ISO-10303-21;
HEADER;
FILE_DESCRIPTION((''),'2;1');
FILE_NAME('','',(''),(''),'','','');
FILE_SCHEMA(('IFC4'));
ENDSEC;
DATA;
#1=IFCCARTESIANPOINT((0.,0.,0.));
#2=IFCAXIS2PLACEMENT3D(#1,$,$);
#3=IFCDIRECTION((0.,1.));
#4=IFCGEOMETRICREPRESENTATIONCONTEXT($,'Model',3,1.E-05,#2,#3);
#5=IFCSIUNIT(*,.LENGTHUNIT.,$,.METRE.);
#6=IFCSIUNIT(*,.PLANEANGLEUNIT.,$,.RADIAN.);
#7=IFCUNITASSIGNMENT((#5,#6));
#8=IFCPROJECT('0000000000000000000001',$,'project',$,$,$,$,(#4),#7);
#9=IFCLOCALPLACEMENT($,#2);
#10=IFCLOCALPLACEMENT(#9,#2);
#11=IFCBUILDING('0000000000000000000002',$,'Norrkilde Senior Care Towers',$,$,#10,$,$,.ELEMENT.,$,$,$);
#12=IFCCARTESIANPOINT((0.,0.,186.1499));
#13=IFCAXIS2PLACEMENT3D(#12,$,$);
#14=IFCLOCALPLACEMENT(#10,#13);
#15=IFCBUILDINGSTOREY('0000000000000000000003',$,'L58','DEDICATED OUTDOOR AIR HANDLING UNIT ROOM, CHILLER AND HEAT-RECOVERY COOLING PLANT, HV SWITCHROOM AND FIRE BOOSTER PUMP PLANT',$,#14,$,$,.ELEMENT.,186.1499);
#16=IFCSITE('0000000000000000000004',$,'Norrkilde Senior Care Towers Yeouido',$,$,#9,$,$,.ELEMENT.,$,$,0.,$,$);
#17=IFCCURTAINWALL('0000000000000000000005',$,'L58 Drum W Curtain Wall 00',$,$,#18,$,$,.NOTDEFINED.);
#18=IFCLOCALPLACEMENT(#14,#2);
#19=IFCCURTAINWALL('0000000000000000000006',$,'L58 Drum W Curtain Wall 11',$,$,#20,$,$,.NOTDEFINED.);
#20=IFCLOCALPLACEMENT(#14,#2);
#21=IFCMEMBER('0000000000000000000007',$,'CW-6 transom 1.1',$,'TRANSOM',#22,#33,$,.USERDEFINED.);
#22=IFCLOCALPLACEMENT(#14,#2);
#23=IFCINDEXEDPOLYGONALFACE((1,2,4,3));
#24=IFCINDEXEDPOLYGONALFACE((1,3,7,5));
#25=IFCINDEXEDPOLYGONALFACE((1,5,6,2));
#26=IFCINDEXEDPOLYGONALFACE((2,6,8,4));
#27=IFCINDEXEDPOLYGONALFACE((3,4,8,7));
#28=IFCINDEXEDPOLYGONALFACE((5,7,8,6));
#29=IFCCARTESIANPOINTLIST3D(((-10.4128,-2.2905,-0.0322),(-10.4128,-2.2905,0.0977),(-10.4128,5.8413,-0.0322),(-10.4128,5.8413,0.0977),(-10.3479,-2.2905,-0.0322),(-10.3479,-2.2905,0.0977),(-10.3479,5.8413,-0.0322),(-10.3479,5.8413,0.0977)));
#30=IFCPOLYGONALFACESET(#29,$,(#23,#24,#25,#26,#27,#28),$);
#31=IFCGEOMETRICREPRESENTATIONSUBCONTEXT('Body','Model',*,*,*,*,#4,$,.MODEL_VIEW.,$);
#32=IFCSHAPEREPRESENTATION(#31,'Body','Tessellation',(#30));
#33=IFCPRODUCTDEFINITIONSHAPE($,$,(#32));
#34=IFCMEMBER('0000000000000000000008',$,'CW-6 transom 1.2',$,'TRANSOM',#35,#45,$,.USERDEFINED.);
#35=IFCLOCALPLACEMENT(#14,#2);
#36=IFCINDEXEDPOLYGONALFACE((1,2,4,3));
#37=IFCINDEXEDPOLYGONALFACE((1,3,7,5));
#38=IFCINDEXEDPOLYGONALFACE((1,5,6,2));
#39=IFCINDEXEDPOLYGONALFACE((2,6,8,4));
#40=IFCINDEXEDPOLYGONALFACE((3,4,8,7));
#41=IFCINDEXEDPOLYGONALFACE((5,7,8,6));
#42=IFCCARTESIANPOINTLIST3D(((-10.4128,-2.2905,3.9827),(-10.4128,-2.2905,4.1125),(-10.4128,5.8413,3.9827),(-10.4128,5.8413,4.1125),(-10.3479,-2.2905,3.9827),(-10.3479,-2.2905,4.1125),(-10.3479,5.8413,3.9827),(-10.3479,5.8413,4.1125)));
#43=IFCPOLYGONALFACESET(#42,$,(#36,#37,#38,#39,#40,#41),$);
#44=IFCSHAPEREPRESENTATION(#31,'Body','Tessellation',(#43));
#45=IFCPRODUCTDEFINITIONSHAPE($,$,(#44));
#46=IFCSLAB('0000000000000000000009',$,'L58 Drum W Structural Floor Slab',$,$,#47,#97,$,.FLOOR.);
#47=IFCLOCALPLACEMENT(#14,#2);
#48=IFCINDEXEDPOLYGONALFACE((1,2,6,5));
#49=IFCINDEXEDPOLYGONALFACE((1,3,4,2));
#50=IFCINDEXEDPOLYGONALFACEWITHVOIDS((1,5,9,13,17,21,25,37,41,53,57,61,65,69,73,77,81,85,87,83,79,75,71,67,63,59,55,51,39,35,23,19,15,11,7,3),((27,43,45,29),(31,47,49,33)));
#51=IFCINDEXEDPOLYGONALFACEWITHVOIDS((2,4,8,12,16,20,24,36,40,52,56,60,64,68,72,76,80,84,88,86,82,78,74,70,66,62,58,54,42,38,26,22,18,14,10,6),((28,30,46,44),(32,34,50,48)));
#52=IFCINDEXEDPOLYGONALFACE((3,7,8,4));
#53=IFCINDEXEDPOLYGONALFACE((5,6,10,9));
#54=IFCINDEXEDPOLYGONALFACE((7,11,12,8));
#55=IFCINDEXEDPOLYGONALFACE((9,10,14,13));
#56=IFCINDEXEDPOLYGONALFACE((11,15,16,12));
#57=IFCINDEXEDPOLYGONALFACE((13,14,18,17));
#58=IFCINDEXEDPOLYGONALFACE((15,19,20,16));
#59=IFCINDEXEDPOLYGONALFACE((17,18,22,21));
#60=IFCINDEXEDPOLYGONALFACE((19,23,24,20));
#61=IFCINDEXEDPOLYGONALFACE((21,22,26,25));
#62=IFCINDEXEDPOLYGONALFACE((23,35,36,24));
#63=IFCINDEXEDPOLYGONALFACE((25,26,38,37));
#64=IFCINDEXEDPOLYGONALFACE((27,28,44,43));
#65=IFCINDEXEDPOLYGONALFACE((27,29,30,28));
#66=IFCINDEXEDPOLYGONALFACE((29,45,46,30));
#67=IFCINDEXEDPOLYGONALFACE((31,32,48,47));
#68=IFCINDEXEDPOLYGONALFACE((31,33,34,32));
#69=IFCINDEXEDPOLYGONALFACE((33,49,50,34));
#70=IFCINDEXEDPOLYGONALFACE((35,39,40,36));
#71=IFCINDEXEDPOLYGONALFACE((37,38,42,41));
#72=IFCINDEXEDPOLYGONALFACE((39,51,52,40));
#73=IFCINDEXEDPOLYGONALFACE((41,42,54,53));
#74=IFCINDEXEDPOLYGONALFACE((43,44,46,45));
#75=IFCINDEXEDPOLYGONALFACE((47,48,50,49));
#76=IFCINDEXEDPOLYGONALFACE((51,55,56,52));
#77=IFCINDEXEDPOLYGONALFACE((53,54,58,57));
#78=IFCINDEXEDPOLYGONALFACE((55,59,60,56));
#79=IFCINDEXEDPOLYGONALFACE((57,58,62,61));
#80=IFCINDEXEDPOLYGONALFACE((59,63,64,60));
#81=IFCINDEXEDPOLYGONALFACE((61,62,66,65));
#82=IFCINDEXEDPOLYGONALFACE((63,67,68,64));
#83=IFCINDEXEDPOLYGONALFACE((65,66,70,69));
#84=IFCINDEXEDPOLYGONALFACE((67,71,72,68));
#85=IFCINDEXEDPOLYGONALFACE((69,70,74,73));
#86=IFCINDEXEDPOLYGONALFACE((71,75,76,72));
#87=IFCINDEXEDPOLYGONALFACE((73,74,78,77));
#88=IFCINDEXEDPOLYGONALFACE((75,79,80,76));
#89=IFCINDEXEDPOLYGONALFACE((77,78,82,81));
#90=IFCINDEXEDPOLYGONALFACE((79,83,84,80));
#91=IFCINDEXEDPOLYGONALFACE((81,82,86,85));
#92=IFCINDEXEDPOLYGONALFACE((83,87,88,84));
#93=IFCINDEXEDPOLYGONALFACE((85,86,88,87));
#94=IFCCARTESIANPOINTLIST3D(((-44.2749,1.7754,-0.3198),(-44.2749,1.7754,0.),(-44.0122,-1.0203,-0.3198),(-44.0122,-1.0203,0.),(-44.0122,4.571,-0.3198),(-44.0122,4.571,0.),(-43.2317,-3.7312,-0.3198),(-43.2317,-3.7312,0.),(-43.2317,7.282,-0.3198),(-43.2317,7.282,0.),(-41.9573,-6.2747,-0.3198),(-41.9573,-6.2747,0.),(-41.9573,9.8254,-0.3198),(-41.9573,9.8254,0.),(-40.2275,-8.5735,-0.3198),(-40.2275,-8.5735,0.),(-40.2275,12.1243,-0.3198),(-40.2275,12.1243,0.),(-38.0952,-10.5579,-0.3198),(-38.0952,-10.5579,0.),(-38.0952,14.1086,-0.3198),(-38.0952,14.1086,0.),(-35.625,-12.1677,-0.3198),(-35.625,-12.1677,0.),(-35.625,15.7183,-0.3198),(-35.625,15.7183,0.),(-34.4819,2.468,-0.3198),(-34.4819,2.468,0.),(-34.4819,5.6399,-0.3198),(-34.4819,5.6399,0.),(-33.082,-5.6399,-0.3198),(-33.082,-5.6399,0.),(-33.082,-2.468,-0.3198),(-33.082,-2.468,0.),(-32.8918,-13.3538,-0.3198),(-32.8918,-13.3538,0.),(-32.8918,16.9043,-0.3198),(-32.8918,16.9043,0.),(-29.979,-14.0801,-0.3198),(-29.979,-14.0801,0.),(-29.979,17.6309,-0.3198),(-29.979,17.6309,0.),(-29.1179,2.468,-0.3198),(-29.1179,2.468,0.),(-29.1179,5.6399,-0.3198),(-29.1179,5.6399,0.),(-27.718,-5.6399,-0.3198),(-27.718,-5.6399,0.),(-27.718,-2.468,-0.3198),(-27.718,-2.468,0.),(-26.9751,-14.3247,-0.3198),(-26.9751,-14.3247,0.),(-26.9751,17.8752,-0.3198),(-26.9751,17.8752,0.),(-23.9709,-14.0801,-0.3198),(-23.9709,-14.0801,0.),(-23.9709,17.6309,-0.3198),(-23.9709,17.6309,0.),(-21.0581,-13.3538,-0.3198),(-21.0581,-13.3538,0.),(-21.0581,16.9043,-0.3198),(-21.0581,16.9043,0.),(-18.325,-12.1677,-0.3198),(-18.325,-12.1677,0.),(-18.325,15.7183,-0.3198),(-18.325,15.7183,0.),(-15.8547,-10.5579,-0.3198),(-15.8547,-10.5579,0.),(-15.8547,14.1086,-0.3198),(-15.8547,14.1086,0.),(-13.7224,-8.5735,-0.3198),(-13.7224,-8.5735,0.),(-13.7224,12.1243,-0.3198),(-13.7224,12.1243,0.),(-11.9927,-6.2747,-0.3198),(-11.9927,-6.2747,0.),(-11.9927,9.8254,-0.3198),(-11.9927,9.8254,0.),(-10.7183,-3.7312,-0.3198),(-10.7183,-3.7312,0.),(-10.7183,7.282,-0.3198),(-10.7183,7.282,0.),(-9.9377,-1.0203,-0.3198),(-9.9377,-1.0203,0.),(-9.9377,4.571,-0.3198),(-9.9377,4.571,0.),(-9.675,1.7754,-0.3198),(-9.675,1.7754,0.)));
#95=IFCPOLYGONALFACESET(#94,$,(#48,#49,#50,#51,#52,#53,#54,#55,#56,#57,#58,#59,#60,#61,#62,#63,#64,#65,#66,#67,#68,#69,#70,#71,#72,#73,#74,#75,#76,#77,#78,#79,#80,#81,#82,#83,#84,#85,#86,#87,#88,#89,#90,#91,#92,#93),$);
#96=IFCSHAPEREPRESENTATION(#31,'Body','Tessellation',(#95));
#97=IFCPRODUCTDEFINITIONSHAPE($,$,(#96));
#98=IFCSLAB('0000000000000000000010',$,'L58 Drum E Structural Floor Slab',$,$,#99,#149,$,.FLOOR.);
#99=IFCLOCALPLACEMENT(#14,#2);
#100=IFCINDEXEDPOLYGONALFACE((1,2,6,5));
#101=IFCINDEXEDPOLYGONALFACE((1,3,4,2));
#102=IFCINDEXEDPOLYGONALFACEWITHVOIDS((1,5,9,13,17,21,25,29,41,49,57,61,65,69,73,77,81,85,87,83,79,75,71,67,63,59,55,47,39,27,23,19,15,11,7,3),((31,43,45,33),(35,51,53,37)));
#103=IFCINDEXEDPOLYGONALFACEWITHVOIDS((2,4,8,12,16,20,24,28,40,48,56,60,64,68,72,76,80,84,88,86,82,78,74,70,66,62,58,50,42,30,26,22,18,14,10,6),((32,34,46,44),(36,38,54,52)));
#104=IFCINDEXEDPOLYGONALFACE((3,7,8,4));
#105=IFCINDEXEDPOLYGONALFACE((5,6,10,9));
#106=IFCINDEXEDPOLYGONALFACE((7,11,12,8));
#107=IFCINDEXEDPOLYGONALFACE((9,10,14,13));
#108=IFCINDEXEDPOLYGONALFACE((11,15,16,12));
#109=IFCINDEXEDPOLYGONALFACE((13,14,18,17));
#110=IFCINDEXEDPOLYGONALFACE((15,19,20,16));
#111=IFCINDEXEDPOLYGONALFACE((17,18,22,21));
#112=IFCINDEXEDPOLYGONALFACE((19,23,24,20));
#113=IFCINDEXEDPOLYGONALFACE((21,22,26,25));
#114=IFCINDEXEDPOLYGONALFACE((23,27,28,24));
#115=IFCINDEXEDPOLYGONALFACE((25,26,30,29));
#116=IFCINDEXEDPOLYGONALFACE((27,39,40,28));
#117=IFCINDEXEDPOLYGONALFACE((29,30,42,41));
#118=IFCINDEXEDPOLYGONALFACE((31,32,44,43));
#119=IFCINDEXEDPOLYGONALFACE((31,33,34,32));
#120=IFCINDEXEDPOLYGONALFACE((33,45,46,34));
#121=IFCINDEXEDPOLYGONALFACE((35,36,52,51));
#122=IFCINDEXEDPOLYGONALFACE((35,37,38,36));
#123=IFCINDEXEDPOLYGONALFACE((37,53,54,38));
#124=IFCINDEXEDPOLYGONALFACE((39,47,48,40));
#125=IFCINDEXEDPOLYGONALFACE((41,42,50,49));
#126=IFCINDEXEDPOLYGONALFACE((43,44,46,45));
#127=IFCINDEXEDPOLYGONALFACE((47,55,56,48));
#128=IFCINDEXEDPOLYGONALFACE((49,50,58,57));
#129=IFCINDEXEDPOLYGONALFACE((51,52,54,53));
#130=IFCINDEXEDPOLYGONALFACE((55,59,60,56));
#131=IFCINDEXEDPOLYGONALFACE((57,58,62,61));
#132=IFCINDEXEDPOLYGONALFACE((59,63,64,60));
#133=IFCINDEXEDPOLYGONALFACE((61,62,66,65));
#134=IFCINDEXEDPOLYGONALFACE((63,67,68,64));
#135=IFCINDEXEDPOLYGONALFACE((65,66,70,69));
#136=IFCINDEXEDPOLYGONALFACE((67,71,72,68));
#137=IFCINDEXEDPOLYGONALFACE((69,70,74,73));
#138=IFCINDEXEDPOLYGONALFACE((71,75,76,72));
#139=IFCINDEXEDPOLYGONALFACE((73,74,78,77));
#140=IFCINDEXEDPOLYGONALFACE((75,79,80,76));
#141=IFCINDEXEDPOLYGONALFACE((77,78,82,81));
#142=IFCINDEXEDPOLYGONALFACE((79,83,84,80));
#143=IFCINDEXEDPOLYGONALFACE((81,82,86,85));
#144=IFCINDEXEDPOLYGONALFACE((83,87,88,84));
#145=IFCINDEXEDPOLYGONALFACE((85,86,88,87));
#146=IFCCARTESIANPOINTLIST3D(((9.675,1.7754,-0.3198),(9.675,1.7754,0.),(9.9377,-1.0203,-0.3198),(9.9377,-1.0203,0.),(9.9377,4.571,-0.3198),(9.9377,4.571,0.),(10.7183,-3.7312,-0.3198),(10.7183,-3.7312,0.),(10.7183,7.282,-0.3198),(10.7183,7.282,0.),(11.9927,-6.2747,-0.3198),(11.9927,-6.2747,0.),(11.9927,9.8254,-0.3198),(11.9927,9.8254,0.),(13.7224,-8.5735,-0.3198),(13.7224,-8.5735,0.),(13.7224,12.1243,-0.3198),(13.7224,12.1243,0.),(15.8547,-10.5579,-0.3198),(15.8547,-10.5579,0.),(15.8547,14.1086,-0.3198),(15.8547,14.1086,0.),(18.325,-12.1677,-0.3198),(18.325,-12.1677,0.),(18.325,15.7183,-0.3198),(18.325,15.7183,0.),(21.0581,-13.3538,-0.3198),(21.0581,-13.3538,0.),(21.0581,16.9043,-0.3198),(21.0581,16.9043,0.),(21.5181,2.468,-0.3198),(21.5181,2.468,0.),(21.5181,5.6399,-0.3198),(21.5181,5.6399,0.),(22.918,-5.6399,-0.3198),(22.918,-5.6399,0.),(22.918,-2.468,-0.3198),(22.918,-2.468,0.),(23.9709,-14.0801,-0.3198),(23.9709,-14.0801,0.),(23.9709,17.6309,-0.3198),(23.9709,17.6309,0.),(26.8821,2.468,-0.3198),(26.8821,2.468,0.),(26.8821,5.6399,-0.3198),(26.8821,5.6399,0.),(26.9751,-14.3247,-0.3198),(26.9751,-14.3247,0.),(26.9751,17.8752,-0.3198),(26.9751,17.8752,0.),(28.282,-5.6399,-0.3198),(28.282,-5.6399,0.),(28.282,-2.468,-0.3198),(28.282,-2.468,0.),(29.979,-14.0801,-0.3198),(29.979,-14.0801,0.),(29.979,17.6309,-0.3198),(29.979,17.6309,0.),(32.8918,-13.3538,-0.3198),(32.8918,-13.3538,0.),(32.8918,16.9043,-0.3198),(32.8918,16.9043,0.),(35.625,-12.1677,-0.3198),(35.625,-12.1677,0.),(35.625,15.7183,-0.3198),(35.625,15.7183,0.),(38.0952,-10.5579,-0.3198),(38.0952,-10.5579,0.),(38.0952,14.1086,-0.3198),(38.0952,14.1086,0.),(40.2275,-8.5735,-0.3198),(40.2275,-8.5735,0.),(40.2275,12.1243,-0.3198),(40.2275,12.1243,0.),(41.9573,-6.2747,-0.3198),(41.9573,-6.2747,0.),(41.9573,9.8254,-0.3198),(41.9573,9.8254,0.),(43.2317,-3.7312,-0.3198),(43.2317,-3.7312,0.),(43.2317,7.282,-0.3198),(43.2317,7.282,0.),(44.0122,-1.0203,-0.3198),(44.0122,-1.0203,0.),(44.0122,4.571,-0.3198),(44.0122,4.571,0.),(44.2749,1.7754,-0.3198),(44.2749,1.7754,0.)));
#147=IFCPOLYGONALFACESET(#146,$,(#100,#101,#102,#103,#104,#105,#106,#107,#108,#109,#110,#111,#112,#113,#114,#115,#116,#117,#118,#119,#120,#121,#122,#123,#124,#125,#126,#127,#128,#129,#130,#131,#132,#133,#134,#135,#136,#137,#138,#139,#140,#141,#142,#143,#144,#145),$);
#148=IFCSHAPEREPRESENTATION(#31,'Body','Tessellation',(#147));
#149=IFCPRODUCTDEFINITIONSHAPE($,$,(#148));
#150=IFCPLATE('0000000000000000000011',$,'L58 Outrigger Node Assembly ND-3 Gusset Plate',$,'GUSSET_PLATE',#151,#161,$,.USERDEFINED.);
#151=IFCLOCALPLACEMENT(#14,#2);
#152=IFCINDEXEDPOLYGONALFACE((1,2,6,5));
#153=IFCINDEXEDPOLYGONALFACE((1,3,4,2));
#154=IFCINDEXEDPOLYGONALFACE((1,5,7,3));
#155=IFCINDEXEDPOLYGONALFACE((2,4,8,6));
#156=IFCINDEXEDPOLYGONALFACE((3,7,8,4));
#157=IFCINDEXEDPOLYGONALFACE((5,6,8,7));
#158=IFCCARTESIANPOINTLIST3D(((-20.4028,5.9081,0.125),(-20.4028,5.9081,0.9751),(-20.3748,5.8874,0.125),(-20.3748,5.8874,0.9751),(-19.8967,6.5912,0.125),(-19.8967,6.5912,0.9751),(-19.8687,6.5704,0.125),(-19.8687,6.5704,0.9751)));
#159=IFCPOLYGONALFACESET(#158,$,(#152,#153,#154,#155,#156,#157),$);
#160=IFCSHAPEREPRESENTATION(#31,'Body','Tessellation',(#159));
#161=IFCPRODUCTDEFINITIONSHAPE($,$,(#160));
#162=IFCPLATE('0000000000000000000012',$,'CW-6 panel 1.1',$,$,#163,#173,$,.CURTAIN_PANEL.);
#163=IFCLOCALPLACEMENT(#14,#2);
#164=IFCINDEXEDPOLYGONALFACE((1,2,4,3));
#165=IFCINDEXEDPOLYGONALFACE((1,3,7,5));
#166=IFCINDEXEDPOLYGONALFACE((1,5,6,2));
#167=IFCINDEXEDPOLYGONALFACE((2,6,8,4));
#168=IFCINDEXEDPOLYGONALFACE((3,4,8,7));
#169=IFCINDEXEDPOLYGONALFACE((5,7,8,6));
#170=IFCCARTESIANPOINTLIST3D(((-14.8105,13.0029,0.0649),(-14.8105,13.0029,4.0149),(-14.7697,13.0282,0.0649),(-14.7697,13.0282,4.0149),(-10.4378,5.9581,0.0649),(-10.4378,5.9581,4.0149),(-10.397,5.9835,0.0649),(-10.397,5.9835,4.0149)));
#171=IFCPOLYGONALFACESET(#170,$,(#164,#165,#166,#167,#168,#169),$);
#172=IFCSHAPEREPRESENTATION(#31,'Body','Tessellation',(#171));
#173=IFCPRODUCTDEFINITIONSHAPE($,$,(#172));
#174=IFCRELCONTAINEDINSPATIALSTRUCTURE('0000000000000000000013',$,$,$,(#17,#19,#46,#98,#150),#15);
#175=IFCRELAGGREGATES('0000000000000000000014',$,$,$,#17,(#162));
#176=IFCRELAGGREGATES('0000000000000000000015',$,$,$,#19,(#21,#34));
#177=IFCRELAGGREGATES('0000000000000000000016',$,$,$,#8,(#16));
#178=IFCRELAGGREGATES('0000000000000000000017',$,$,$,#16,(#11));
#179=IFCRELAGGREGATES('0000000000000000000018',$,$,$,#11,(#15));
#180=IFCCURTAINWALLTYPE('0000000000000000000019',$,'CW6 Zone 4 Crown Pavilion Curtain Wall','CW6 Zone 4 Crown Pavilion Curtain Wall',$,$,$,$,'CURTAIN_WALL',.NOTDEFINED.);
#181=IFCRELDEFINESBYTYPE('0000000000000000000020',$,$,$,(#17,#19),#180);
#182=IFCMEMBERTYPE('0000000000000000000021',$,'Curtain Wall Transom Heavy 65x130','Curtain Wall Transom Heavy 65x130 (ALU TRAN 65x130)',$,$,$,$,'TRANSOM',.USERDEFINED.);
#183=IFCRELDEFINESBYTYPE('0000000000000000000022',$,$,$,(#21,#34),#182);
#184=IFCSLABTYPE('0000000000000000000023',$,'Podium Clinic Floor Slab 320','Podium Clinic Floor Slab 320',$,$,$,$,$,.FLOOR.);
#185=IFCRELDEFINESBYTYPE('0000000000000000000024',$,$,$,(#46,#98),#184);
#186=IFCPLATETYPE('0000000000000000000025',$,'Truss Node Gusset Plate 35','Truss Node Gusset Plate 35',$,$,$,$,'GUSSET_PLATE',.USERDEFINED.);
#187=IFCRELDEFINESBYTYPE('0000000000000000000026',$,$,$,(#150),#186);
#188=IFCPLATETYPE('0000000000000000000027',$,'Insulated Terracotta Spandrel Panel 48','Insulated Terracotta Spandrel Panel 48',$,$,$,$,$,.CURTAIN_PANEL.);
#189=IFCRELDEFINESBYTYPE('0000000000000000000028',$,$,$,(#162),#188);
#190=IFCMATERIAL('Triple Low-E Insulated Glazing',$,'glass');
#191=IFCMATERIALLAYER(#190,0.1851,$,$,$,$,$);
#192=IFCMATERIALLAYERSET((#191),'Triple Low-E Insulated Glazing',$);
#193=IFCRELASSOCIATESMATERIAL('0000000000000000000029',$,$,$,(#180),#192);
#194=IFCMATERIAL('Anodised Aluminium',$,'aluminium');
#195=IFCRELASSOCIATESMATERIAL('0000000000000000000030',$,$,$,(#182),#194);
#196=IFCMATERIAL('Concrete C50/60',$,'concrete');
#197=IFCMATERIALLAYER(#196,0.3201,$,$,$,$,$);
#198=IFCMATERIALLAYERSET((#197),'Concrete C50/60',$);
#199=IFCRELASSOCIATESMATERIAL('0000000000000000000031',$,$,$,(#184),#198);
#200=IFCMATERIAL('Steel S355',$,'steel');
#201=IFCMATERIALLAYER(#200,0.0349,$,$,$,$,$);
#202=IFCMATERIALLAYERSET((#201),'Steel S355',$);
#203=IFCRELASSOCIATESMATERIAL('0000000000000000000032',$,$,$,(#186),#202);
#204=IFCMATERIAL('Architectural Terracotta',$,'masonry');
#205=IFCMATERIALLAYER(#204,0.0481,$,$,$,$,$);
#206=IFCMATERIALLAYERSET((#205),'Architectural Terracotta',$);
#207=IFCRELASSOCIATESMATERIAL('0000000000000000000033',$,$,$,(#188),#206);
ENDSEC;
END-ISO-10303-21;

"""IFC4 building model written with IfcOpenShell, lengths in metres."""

from ifc_helpers import new_model, si_unit, direction, frame, origin, origin_2d, place, context, subcontext, project, spatial, polyline, rectangle, outline, extrude, source, transform, mapped, material, layer, layer_set, material_profile, profile_set, type_object, type_shapes, element, aggregate, save


model = new_model("IFC4")

# Units and contexts
model_context = context("Model", 3, precision=1e-05, world=origin(), true_north=direction((0.0, 1.0)))
body_context = subcontext(model_context, "Body", "Model", "MODEL_VIEW")
ifc_project = project(units=[si_unit("LENGTHUNIT", "METRE"), si_unit("PLANEANGLEUNIT", "RADIAN")], contexts=[model_context])

# Site, building, storey
site_placement = place(None, origin())
site = spatial("IfcSite", under=ifc_project, at=site_placement, Name="Norrkilde Senior Care Towers Yeouido", CompositionType="ELEMENT", RefElevation=0.0)
building_placement = place(site_placement, origin())
building = spatial("IfcBuilding", under=site, at=building_placement, Name="Norrkilde Senior Care Towers", CompositionType="ELEMENT")
storey_placement = place(building_placement, frame((0.0, 0.0, 186.1499)))
storey = spatial("IfcBuildingStorey", under=building, at=storey_placement, Name="L58", Description="DEDICATED OUTDOOR AIR HANDLING UNIT ROOM, CHILLER AND HEAT-RECOVERY COOLING PLANT, HV SWITCHROOM AND FIRE BOOSTER PUMP PLANT", CompositionType="ELEMENT", Elevation=186.1499)

# Shared definitions
ifc_material_1 = material(Name="Concrete C50/60", Category="concrete")

# Shared definitions
ifc_material_2 = material(Name="Steel S355", Category="steel")

# Curtain wall
ifc_material_3 = material(Name="Triple Low-E Insulated Glazing", Category="glass")
ifc_layer_1 = layer(ifc_material_3, 0.1851)
ifc_layer_set_1 = layer_set([ifc_layer_1], Name="Triple Low-E Insulated Glazing")
curtain_wall_type = type_object("IfcCurtainWallType", Name="CW6 Zone 4 Crown Pavilion Curtain Wall", Description="CW6 Zone 4 Crown Pavilion Curtain Wall", ElementType="CURTAIN_WALL", PredefinedType="NOTDEFINED", material=ifc_layer_set_1)
curtain_wall_1_placement = place(storey_placement, origin())
curtain_wall_1 = element("IfcCurtainWall", 1, at=curtain_wall_1_placement, inside=storey, type_object=curtain_wall_type, Name="L58 Drum W Curtain Wall 00", PredefinedType="NOTDEFINED")
ifc_material_4 = material(Name="Anodised Aluminium", Category="aluminium")

# Curtain wall
curtain_wall_2_placement = place(storey_placement, origin())
curtain_wall_2 = element("IfcCurtainWall", 2, at=curtain_wall_2_placement, inside=storey, type_object=curtain_wall_type, Name="L58 Drum W Curtain Wall 11", PredefinedType="NOTDEFINED")

# Members
ifc_material_profile_1 = material_profile(ifc_material_4, rectangle(XDim=0.0649, YDim=0.1299, at=origin_2d()), Name="ALU TRAN 65x130")
ifc_profile_set_1 = profile_set([ifc_material_profile_1], Name="Anodised Aluminium")
member_type_1 = type_object("IfcMemberType", Name="Curtain Wall Transom Heavy 65x130", Description="Curtain Wall Transom Heavy 65x130 (ALU TRAN 65x130)", ElementType="TRANSOM", PredefinedType="USERDEFINED", material=ifc_profile_set_1)
shared_shape_1 = source(origin(), body_context, "Body", "SweptSolid", [
    extrude(rectangle(XDim=0.0649, YDim=0.1299, at=origin_2d()), origin(), (0.0, 0.0, 1.0), 8.1318),
])
member_1_placement = place(storey_placement, frame((-10.3804, 5.8413, 0.0327), z_axis=(0.0, -1.0, 0.0), x_axis=(1.0, 0.0, 0.0)))
member_1 = element("IfcMember", 3, at=member_1_placement, type_object=member_type_1, Name="CW-6 transom 1.1", ObjectType="TRANSOM", PredefinedType="USERDEFINED", context=body_context, shape_type="MappedRepresentation", body=[
    mapped(shared_shape_1, transform((0.0, 0.0, 0.0), x_axis=(1.0, 0.0, 0.0), y_axis=(0.0, 1.0, 0.0), z_axis=(0.0, 0.0, 1.0), scale=1.0)),
])
member_2_placement = place(storey_placement, frame((-10.3804, 5.8413, 4.0476), z_axis=(0.0, -1.0, 0.0), x_axis=(1.0, 0.0, 0.0)))
member_2 = element("IfcMember", 4, at=member_2_placement, type_object=member_type_1, Name="CW-6 transom 1.2", ObjectType="TRANSOM", PredefinedType="USERDEFINED", context=body_context, shape_type="MappedRepresentation", body=[
    mapped(shared_shape_1, transform((0.0, 0.0, 0.0), x_axis=(1.0, 0.0, 0.0), y_axis=(0.0, 1.0, 0.0), z_axis=(0.0, 0.0, 1.0), scale=1.0)),
])

# Slabs
ifc_layer_2 = layer(ifc_material_1, 0.3201)
ifc_layer_set_2 = layer_set([ifc_layer_2], Name="Concrete C50/60")
slab_type = type_object("IfcSlabType", Name="Podium Clinic Floor Slab 320", Description="Podium Clinic Floor Slab 320", PredefinedType="FLOOR", material=ifc_layer_set_2)
slab_1_placement = place(storey_placement, frame((0.0, 0.0, -0.3198)))
element("IfcSlab", 5, at=slab_1_placement, inside=storey, type_object=slab_type, Name="L58 Drum W Structural Floor Slab", PredefinedType="FLOOR", context=body_context, shape_type="SweptSolid", body=[
    extrude(outline(polyline([(-10.7183, -3.7312), (-11.9927, -6.2747), (-13.7224, -8.5735), (-15.8547, -10.5579), (-18.325, -12.1677), (-21.0581, -13.3538), (-23.9709, -14.0801), (-26.9751, -14.3247), (-29.979, -14.0801), (-32.8918, -13.3538), (-35.625, -12.1677), (-38.0952, -10.5579), (-40.2275, -8.5735), (-41.9573, -6.2747), (-43.2317, -3.7312), (-44.0122, -1.0203), (-44.2749, 1.7754), (-44.0122, 4.571), (-43.2317, 7.282), (-41.9573, 9.8254), (-40.2275, 12.1243), (-38.0952, 14.1086), (-35.625, 15.7183), (-32.8918, 16.9043), (-29.979, 17.6309), (-26.9751, 17.8752), (-23.9709, 17.6309), (-21.0581, 16.9043), (-18.325, 15.7183), (-15.8547, 14.1086), (-13.7224, 12.1243), (-11.9927, 9.8254), (-10.7183, 7.282), (-9.9377, 4.571), (-9.675, 1.7754), (-9.9377, -1.0203), (-10.7183, -3.7312)]), holes=[polyline([(-34.4819, 2.468), (-29.1179, 2.468), (-29.1179, 5.6399), (-34.4819, 5.6399), (-34.4819, 2.468)]), polyline([(-27.718, -5.6399), (-27.718, -2.468), (-33.082, -2.468), (-33.082, -5.6399), (-27.718, -5.6399)])]), origin(), (0.0, 0.0, 1.0), 0.3198),
])
slab_2_placement = place(storey_placement, frame((0.0, 0.0, -0.3198)))
element("IfcSlab", 6, at=slab_2_placement, inside=storey, type_object=slab_type, Name="L58 Drum E Structural Floor Slab", PredefinedType="FLOOR", context=body_context, shape_type="SweptSolid", body=[
    extrude(outline(polyline([(43.2317, -3.7312), (41.9573, -6.2747), (40.2275, -8.5735), (38.0952, -10.5579), (35.625, -12.1677), (32.8918, -13.3538), (29.979, -14.0801), (26.9751, -14.3247), (23.9709, -14.0801), (21.0581, -13.3538), (18.325, -12.1677), (15.8547, -10.5579), (13.7224, -8.5735), (11.9927, -6.2747), (10.7183, -3.7312), (9.9377, -1.0203), (9.675, 1.7754), (9.9377, 4.571), (10.7183, 7.282), (11.9927, 9.8254), (13.7224, 12.1243), (15.8547, 14.1086), (18.325, 15.7183), (21.0581, 16.9043), (23.9709, 17.6309), (26.9751, 17.8752), (29.979, 17.6309), (32.8918, 16.9043), (35.625, 15.7183), (38.0952, 14.1086), (40.2275, 12.1243), (41.9573, 9.8254), (43.2317, 7.282), (44.0122, 4.571), (44.2749, 1.7754), (44.0122, -1.0203), (43.2317, -3.7312)]), holes=[polyline([(21.5181, 2.468), (26.8821, 2.468), (26.8821, 5.6399), (21.5181, 5.6399), (21.5181, 2.468)]), polyline([(28.282, -5.6399), (28.282, -2.468), (22.918, -2.468), (22.918, -5.6399), (28.282, -5.6399)])]), origin(), (0.0, 0.0, 1.0), 0.3198),
])

# Plates
ifc_layer_3 = layer(ifc_material_2, 0.0349)
ifc_layer_set_3 = layer_set([ifc_layer_3], Name="Steel S355")
plate_type_1 = type_object("IfcPlateType", Name="Truss Node Gusset Plate 35", Description="Truss Node Gusset Plate 35", ElementType="GUSSET_PLATE", PredefinedType="USERDEFINED", material=ifc_layer_set_3)
shared_shape_2 = source(origin(), body_context, "Body", "SweptSolid", [
    extrude(rectangle(XDim=0.8501, YDim=0.0349, at=origin_2d()), origin(), (0.0, 0.0, 1.0), 0.8501),
])
type_shapes(plate_type_1, [shared_shape_2])
plate_1_placement = place(storey_placement, frame((-20.1357, 6.2393, 0.125), z_axis=(0.0, 0.0, 1.0), x_axis=(0.595358, 0.80346, 0.0)))
element("IfcPlate", 7, at=plate_1_placement, inside=storey, type_object=plate_type_1, Name="L58 Outrigger Node Assembly ND-3 Gusset Plate", ObjectType="GUSSET_PLATE", PredefinedType="USERDEFINED", context=body_context, shape_type="MappedRepresentation", body=[
    mapped(shared_shape_2, transform((0.0, 0.0, 0.0), x_axis=(1.0, 0.0, 0.0), y_axis=(0.0, 1.0, 0.0), z_axis=(0.0, 0.0, 1.0), scale=1.0)),
])
ifc_material_5 = material(Name="Architectural Terracotta", Category="masonry")
ifc_layer_4 = layer(ifc_material_5, 0.0481)
ifc_layer_set_4 = layer_set([ifc_layer_4], Name="Architectural Terracotta")
plate_type_2 = type_object("IfcPlateType", Name="Insulated Terracotta Spandrel Panel 48", Description="Insulated Terracotta Spandrel Panel 48", PredefinedType="CURTAIN_PANEL", material=ifc_layer_set_4)
shared_shape_3 = source(origin(), body_context, "Body", "SweptSolid", [
    extrude(rectangle(XDim=8.2915, YDim=0.0481, at=origin_2d()), origin(), (0.0, 0.0, 1.0), 3.95),
])
plate_2_placement = place(storey_placement, frame((-12.6038, 9.4932, 0.0649), z_axis=(0.0, 0.0, 1.0), x_axis=(0.527373, -0.849634, 0.0)))
plate_2 = element("IfcPlate", 8, at=plate_2_placement, type_object=plate_type_2, Name="CW-6 panel 1.1", PredefinedType="CURTAIN_PANEL", context=body_context, shape_type="MappedRepresentation", body=[
    mapped(shared_shape_3, transform((0.0, 0.0, 0.0), x_axis=(1.0, 0.0, 0.0), y_axis=(0.0, 1.0, 0.0), z_axis=(0.0, 0.0, 1.0), scale=1.0)),
])
aggregate(curtain_wall_1, [plate_2])
aggregate(curtain_wall_2, [member_1, member_2])

save(model, "model.ifc")
